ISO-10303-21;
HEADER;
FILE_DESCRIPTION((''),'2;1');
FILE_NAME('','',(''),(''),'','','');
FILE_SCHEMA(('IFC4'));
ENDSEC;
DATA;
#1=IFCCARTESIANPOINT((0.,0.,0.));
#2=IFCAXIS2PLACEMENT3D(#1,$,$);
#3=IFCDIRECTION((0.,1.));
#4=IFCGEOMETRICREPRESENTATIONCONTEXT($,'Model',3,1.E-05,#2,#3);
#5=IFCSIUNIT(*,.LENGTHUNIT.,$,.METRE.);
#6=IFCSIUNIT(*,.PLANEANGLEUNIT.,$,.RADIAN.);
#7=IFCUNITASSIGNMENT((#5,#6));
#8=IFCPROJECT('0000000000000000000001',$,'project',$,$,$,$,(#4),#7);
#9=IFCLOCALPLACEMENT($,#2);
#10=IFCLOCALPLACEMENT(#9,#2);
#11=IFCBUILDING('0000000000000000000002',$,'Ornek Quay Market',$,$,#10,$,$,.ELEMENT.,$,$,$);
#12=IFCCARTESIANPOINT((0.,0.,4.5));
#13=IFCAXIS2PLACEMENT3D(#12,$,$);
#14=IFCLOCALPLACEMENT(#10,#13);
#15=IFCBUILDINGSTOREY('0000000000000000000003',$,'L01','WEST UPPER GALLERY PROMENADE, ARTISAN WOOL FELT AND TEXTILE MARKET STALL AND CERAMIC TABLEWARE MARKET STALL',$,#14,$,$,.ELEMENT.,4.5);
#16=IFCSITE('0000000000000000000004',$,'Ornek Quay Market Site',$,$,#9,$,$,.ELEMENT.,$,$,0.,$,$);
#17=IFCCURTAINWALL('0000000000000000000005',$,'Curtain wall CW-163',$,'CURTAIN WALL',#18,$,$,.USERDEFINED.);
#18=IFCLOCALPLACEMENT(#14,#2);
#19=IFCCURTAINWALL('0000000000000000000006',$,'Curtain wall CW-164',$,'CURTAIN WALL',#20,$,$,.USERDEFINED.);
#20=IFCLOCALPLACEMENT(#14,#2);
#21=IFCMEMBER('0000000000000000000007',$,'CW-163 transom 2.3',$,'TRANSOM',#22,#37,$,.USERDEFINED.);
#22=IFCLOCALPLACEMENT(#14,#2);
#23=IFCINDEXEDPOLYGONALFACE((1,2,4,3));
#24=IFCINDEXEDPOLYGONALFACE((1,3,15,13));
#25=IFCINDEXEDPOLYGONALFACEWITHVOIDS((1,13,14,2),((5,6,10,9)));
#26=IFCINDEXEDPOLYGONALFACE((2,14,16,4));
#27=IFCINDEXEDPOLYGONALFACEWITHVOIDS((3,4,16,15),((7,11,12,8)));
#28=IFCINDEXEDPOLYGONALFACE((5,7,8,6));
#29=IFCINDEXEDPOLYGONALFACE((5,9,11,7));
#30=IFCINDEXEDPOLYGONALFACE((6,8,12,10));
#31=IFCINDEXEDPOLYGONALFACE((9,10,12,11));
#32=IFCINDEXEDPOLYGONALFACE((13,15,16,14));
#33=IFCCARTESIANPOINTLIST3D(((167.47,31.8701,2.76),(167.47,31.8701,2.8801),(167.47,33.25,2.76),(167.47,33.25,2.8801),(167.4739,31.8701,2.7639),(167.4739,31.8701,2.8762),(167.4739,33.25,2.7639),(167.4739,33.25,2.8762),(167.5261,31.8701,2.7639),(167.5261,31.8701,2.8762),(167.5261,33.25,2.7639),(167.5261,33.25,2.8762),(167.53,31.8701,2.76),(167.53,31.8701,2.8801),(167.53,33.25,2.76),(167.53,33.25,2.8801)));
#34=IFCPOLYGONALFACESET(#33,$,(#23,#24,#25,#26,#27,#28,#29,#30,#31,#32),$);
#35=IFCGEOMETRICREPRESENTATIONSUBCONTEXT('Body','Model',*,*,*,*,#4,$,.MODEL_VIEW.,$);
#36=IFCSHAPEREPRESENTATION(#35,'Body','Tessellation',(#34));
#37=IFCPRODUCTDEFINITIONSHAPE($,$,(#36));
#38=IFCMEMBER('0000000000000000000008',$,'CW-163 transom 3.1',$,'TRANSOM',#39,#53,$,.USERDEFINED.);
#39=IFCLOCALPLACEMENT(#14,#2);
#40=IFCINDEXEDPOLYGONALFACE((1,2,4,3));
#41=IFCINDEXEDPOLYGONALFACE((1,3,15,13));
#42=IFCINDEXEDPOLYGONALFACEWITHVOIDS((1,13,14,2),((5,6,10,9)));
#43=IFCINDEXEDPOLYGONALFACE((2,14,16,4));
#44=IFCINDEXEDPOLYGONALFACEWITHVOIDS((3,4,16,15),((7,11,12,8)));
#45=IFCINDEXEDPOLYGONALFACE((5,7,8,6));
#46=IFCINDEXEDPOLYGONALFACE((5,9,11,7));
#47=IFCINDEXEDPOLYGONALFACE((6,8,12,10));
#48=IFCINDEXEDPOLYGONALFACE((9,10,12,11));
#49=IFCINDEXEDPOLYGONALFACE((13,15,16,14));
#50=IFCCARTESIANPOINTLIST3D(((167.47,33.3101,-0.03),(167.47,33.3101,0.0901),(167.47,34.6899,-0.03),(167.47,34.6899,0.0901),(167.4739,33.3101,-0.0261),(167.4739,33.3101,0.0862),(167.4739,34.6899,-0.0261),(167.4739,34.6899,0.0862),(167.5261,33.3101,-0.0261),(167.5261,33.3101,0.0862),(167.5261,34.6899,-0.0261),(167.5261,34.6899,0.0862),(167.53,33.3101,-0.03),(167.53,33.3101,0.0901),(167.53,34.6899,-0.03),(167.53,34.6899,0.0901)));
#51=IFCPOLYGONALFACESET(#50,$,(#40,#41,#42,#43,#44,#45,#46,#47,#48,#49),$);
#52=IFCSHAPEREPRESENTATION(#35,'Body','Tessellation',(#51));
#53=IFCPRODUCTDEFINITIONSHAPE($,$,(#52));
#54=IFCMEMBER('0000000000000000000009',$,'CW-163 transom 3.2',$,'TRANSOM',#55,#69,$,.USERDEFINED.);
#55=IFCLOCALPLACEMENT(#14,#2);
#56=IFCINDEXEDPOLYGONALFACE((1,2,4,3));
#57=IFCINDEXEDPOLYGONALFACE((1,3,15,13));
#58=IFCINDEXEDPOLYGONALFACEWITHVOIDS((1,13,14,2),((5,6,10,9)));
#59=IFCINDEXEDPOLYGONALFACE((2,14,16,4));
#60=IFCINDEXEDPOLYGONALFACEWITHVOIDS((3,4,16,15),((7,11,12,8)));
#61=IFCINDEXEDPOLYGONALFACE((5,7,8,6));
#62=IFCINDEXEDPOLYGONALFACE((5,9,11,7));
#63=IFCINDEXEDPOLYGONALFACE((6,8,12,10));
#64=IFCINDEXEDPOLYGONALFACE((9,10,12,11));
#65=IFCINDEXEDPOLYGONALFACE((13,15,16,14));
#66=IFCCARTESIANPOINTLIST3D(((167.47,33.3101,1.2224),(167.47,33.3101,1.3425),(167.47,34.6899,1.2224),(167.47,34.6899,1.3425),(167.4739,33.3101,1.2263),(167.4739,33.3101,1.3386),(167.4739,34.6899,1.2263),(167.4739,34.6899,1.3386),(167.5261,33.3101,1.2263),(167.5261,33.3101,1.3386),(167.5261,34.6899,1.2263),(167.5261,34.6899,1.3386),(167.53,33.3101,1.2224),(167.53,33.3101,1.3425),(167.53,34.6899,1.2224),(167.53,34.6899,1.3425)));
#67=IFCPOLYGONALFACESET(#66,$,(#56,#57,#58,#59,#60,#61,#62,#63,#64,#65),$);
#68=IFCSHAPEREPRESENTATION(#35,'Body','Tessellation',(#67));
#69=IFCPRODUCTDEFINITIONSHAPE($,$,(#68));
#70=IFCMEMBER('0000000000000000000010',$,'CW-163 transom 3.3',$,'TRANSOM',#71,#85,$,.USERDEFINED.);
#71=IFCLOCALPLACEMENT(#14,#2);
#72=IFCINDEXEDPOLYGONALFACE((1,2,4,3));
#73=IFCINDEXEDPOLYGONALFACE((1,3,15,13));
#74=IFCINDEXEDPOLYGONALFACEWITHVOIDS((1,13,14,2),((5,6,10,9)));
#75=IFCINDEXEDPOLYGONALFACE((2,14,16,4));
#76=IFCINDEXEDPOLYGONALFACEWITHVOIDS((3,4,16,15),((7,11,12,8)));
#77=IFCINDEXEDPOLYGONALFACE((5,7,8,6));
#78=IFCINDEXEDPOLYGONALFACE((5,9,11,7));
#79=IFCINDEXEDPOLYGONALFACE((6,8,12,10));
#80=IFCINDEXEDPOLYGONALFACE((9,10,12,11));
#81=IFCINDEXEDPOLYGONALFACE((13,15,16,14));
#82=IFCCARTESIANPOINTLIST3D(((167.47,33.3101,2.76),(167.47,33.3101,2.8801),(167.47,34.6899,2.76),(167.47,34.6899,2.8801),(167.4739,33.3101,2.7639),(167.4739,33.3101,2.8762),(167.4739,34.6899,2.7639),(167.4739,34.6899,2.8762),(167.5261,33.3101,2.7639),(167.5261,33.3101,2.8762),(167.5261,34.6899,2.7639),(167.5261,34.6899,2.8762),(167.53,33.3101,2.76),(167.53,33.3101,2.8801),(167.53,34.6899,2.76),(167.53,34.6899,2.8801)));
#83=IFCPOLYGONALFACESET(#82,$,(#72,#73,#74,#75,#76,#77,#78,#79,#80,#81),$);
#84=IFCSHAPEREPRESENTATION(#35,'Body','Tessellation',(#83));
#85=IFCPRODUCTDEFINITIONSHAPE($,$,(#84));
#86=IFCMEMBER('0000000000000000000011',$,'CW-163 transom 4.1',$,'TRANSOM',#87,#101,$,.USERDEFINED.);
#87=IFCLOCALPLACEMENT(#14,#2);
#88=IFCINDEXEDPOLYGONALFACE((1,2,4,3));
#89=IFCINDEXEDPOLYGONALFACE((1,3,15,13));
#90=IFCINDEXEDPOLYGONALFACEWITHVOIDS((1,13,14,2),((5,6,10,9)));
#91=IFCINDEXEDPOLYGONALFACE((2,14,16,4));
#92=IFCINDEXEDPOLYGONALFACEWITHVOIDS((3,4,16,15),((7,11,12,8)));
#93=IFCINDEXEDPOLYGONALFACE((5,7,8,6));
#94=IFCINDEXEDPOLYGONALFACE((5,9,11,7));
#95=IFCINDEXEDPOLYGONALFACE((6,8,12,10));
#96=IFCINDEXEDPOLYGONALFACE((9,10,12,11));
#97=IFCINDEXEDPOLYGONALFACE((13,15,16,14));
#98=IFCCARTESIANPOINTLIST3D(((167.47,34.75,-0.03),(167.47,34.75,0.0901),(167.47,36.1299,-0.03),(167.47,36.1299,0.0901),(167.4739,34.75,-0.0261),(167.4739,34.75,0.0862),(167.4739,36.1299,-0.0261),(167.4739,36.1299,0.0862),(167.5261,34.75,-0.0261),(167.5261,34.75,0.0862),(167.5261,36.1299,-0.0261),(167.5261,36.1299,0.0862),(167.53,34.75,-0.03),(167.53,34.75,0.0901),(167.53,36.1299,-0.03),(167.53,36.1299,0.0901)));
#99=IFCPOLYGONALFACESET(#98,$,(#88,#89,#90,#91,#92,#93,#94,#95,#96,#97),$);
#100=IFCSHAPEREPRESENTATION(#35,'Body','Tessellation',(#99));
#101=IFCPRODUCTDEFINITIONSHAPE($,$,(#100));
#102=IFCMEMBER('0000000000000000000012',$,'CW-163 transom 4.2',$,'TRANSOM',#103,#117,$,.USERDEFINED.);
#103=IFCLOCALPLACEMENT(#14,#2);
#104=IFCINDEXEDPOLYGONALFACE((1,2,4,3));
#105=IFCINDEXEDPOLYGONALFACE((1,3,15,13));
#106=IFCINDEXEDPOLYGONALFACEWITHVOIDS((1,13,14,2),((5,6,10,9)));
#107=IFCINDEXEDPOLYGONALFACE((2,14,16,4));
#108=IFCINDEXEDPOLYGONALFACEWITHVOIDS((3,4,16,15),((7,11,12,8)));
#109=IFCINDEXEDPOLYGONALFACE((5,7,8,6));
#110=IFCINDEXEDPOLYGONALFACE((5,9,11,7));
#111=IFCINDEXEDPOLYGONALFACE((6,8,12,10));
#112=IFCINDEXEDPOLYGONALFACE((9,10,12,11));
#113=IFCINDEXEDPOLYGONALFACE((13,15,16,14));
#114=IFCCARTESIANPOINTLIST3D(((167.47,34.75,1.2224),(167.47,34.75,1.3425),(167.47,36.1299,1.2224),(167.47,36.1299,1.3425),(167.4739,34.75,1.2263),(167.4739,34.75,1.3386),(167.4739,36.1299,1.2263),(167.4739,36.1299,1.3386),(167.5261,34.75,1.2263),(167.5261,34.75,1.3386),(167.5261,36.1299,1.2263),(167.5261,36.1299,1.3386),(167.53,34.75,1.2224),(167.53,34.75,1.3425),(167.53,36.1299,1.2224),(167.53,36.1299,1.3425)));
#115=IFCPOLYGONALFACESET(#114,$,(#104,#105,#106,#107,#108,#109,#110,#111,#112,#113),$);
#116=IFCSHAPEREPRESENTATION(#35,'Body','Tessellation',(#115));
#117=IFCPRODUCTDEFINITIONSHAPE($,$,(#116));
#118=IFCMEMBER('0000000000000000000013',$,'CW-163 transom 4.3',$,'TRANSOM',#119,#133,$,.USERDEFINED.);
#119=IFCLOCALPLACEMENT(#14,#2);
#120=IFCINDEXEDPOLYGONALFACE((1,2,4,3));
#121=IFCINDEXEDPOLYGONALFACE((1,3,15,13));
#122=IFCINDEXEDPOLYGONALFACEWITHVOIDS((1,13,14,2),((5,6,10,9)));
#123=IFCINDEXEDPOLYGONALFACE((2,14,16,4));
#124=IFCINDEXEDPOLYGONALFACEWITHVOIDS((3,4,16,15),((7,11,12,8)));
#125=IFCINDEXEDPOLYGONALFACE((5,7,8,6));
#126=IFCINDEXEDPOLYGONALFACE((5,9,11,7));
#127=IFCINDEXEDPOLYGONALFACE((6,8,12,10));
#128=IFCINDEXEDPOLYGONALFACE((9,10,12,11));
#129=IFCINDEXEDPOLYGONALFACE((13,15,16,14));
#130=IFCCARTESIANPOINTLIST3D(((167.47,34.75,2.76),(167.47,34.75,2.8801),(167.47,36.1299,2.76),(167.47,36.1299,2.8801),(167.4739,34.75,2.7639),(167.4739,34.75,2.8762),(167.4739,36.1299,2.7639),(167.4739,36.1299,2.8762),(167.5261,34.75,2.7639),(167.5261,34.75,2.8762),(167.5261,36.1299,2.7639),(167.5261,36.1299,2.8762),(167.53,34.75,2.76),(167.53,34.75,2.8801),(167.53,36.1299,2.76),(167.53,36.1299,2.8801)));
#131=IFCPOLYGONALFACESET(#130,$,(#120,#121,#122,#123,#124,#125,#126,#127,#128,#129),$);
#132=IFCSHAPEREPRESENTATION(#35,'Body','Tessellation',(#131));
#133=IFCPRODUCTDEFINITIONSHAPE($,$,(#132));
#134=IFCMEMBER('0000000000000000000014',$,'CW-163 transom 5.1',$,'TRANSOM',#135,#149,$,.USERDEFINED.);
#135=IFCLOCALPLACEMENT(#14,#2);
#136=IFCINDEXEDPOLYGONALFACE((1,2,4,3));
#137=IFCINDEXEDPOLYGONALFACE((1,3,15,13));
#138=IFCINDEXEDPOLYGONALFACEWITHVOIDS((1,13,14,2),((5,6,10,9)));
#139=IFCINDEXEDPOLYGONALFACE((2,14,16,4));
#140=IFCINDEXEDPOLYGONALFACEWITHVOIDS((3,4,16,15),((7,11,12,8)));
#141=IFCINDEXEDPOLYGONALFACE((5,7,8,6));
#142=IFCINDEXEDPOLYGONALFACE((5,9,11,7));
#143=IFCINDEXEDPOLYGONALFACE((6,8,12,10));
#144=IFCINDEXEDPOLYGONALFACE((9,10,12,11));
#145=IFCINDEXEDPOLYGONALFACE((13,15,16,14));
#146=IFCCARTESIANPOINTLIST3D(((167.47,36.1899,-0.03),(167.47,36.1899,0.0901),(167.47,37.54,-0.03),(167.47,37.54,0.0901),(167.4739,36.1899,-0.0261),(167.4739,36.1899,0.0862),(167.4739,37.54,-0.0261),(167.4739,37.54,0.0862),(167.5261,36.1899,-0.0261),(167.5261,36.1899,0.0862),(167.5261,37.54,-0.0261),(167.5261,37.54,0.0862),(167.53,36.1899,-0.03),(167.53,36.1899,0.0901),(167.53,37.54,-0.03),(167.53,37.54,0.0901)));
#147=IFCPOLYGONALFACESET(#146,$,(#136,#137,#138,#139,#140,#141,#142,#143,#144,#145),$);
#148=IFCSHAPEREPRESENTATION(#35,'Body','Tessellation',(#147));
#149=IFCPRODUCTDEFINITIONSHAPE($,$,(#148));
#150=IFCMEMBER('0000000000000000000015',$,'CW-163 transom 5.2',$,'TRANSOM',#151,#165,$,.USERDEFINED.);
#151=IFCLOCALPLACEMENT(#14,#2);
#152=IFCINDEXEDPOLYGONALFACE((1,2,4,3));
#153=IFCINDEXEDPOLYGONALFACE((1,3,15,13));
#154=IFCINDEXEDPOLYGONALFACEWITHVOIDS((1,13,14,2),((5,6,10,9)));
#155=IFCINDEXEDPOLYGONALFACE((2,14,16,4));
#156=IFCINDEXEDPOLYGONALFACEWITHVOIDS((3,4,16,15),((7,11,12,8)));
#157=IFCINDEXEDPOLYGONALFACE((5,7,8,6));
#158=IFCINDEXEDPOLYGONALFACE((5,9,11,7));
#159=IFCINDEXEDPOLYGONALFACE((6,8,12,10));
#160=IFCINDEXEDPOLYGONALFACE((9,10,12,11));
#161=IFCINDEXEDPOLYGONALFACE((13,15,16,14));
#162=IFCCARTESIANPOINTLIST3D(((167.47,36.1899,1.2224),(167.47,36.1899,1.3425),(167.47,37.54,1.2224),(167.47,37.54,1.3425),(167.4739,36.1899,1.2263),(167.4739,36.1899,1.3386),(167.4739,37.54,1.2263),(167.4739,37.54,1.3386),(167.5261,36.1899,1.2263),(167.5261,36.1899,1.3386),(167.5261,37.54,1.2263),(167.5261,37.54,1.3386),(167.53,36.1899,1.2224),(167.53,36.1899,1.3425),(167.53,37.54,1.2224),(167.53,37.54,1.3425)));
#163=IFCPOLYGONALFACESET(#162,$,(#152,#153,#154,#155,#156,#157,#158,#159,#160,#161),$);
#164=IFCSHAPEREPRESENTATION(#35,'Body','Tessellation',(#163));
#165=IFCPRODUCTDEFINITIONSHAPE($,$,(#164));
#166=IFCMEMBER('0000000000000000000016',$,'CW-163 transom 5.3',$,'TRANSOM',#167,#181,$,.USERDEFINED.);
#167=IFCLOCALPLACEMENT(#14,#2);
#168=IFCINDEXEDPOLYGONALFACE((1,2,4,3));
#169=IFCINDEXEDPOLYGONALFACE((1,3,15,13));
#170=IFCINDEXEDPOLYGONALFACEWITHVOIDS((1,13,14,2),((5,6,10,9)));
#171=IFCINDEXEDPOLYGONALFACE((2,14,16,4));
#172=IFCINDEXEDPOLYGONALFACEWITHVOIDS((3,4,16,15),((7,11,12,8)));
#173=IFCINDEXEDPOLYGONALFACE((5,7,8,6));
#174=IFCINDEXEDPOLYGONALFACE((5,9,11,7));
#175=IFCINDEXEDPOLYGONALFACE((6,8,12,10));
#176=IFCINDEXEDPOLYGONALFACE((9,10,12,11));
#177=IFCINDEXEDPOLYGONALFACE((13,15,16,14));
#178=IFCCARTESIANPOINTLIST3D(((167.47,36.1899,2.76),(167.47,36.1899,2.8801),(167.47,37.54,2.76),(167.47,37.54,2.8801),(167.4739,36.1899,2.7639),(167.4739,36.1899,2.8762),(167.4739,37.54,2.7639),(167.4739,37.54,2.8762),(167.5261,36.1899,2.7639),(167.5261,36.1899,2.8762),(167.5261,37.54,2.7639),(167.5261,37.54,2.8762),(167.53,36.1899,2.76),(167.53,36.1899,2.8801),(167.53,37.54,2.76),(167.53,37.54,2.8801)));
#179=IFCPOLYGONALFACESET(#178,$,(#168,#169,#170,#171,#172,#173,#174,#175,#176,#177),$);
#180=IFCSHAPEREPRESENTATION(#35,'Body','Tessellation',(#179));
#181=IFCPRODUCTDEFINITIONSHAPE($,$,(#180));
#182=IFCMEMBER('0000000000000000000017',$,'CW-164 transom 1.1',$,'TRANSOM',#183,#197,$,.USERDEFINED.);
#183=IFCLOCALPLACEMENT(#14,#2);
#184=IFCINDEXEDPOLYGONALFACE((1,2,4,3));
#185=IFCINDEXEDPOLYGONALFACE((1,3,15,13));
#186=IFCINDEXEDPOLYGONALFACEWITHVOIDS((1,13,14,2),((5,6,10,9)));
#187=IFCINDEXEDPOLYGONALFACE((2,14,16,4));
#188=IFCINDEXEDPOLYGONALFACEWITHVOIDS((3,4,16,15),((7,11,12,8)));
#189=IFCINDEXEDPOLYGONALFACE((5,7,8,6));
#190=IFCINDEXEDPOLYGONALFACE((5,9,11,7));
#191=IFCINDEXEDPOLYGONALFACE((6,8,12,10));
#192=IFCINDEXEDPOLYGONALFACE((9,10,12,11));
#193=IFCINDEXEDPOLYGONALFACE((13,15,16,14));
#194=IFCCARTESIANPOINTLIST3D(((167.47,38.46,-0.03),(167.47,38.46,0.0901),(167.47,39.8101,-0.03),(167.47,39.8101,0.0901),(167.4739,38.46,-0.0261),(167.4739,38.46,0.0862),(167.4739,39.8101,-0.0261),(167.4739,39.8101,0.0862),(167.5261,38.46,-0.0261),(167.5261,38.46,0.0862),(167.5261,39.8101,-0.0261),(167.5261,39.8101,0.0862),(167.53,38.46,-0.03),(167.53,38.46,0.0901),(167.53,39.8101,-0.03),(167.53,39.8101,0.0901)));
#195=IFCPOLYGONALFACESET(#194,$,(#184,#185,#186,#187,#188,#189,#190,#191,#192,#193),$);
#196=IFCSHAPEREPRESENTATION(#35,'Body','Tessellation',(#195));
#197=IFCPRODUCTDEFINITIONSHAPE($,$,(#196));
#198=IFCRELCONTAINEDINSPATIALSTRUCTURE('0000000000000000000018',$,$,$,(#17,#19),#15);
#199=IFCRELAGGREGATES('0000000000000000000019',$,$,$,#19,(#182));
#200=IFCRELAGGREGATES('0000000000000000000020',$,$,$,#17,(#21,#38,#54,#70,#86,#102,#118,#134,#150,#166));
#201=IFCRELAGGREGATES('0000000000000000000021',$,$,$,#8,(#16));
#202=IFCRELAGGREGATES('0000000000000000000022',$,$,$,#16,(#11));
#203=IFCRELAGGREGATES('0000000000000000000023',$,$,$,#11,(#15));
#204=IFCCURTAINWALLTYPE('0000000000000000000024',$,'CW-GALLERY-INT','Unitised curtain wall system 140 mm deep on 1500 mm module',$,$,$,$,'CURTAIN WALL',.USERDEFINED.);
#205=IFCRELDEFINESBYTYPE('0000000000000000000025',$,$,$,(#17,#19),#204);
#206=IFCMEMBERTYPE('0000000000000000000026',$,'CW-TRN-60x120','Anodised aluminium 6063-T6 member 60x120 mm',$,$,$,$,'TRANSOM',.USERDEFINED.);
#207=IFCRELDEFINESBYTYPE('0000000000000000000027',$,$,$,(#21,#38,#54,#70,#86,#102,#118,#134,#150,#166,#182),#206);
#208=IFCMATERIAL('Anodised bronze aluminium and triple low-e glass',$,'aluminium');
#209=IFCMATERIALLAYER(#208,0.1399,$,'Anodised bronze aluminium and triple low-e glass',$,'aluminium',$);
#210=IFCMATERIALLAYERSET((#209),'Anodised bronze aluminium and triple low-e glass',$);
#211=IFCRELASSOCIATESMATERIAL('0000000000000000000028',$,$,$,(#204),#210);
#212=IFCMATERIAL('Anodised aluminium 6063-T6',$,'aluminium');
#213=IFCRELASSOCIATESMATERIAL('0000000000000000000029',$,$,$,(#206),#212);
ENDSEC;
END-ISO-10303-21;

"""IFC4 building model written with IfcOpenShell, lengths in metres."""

from ifc_helpers import new_model, si_unit, direction, frame, origin, origin_2d, place, context, subcontext, project, spatial, hollow_rectangle, extrude, material, layer, layer_set, material_profile, profile_set, type_object, element, aggregate, save


model = new_model("IFC4")

# Units and contexts
model_context = context("Model", 3, precision=1e-05, world=origin(), true_north=direction((0.0, 1.0)))
body_context = subcontext(model_context, "Body", "Model", "MODEL_VIEW")
ifc_project = project(units=[si_unit("LENGTHUNIT", "METRE"), si_unit("PLANEANGLEUNIT", "RADIAN")], contexts=[model_context])

# Site, building, storey
site_placement = place(None, origin())
site = spatial("IfcSite", under=ifc_project, at=site_placement, Name="Ornek Quay Market Site", CompositionType="ELEMENT", RefElevation=0.0)
building_placement = place(site_placement, origin())
building = spatial("IfcBuilding", under=site, at=building_placement, Name="Ornek Quay Market", CompositionType="ELEMENT")
storey_placement = place(building_placement, frame((0.0, 0.0, 4.5)))
storey = spatial("IfcBuildingStorey", under=building, at=storey_placement, Name="L01", Description="WEST UPPER GALLERY PROMENADE, ARTISAN WOOL FELT AND TEXTILE MARKET STALL AND CERAMIC TABLEWARE MARKET STALL", CompositionType="ELEMENT", Elevation=4.5)

# Curtain wall
ifc_material_1 = material(Name="Anodised bronze aluminium and triple low-e glass", Category="aluminium")
ifc_layer_1 = layer(ifc_material_1, 0.1399, Name="Anodised bronze aluminium and triple low-e glass", Category="aluminium")
ifc_layer_set_1 = layer_set([ifc_layer_1], Name="Anodised bronze aluminium and triple low-e glass")
curtain_wall_type = type_object("IfcCurtainWallType", Name="CW-GALLERY-INT", Description="Unitised curtain wall system 140 mm deep on 1500 mm module", ElementType="CURTAIN WALL", PredefinedType="USERDEFINED", material=ifc_layer_set_1)
curtain_wall_1_placement = place(storey_placement, origin())
curtain_wall_1 = element("IfcCurtainWall", 1, at=curtain_wall_1_placement, inside=storey, type_object=curtain_wall_type, Name="Curtain wall CW-163", ObjectType="CURTAIN WALL", PredefinedType="USERDEFINED")
ifc_material_2 = material(Name="Anodised aluminium 6063-T6", Category="aluminium")

# Curtain wall
curtain_wall_2_placement = place(storey_placement, origin())
curtain_wall_2 = element("IfcCurtainWall", 2, at=curtain_wall_2_placement, inside=storey, type_object=curtain_wall_type, Name="Curtain wall CW-164", ObjectType="CURTAIN WALL", PredefinedType="USERDEFINED")

# Members
ifc_material_profile_1 = material_profile(ifc_material_2, hollow_rectangle(XDim=0.0601, YDim=0.1201, WallThickness=0.0039, at=origin_2d()), Name="CW-TRN-60x120", Category="aluminium")
ifc_profile_set_1 = profile_set([ifc_material_profile_1], Name="Anodised aluminium 6063-T6")
member_type_1 = type_object("IfcMemberType", Name="CW-TRN-60x120", Description="Anodised aluminium 6063-T6 member 60x120 mm", ElementType="TRANSOM", PredefinedType="USERDEFINED", material=ifc_profile_set_1)
member_1_placement = place(storey_placement, frame((167.5, 31.8701, 2.8201), z_axis=(0.0, 1.0, 0.0), x_axis=(-1.0, 0.0, 0.0)))
member_1 = element("IfcMember", 3, at=member_1_placement, type_object=member_type_1, Name="CW-163 transom 2.3", ObjectType="TRANSOM", PredefinedType="USERDEFINED", context=body_context, shape_type="SweptSolid", body=[
    extrude(hollow_rectangle(XDim=0.0601, YDim=0.1201, WallThickness=0.0039, at=origin_2d()), origin(), (0.0, 0.0, 1.0), 1.3799),
])
member_2_placement = place(storey_placement, frame((167.5, 33.3101, 0.03), z_axis=(0.0, 1.0, 0.0), x_axis=(-1.0, 0.0, 0.0)))
member_2 = element("IfcMember", 4, at=member_2_placement, type_object=member_type_1, Name="CW-163 transom 3.1", ObjectType="TRANSOM", PredefinedType="USERDEFINED", context=body_context, shape_type="SweptSolid", body=[
    extrude(hollow_rectangle(XDim=0.0601, YDim=0.1201, WallThickness=0.0039, at=origin_2d()), origin(), (0.0, 0.0, 1.0), 1.3799),
])
member_3_placement = place(storey_placement, frame((167.5, 33.3101, 1.2825), z_axis=(0.0, 1.0, 0.0), x_axis=(-1.0, 0.0, 0.0)))
member_3 = element("IfcMember", 5, at=member_3_placement, type_object=member_type_1, Name="CW-163 transom 3.2", ObjectType="TRANSOM", PredefinedType="USERDEFINED", context=body_context, shape_type="SweptSolid", body=[
    extrude(hollow_rectangle(XDim=0.0601, YDim=0.1201, WallThickness=0.0039, at=origin_2d()), origin(), (0.0, 0.0, 1.0), 1.3799),
])
member_4_placement = place(storey_placement, frame((167.5, 33.3101, 2.8201), z_axis=(0.0, 1.0, 0.0), x_axis=(-1.0, 0.0, 0.0)))
member_4 = element("IfcMember", 6, at=member_4_placement, type_object=member_type_1, Name="CW-163 transom 3.3", ObjectType="TRANSOM", PredefinedType="USERDEFINED", context=body_context, shape_type="SweptSolid", body=[
    extrude(hollow_rectangle(XDim=0.0601, YDim=0.1201, WallThickness=0.0039, at=origin_2d()), origin(), (0.0, 0.0, 1.0), 1.3799),
])
member_5_placement = place(storey_placement, frame((167.5, 34.75, 0.03), z_axis=(0.0, 1.0, 0.0), x_axis=(-1.0, 0.0, 0.0)))
member_5 = element("IfcMember", 7, at=member_5_placement, type_object=member_type_1, Name="CW-163 transom 4.1", ObjectType="TRANSOM", PredefinedType="USERDEFINED", context=body_context, shape_type="SweptSolid", body=[
    extrude(hollow_rectangle(XDim=0.0601, YDim=0.1201, WallThickness=0.0039, at=origin_2d()), origin(), (0.0, 0.0, 1.0), 1.3799),
])
member_6_placement = place(storey_placement, frame((167.5, 34.75, 1.2825), z_axis=(0.0, 1.0, 0.0), x_axis=(-1.0, 0.0, 0.0)))
member_6 = element("IfcMember", 8, at=member_6_placement, type_object=member_type_1, Name="CW-163 transom 4.2", ObjectType="TRANSOM", PredefinedType="USERDEFINED", context=body_context, shape_type="SweptSolid", body=[
    extrude(hollow_rectangle(XDim=0.0601, YDim=0.1201, WallThickness=0.0039, at=origin_2d()), origin(), (0.0, 0.0, 1.0), 1.3799),
])
member_7_placement = place(storey_placement, frame((167.5, 34.75, 2.8201), z_axis=(0.0, 1.0, 0.0), x_axis=(-1.0, 0.0, 0.0)))
member_7 = element("IfcMember", 9, at=member_7_placement, type_object=member_type_1, Name="CW-163 transom 4.3", ObjectType="TRANSOM", PredefinedType="USERDEFINED", context=body_context, shape_type="SweptSolid", body=[
    extrude(hollow_rectangle(XDim=0.0601, YDim=0.1201, WallThickness=0.0039, at=origin_2d()), origin(), (0.0, 0.0, 1.0), 1.3799),
])
member_8_placement = place(storey_placement, frame((167.5, 36.1899, 0.03), z_axis=(0.0, 1.0, 0.0), x_axis=(-1.0, 0.0, 0.0)))
member_8 = element("IfcMember", 10, at=member_8_placement, type_object=member_type_1, Name="CW-163 transom 5.1", ObjectType="TRANSOM", PredefinedType="USERDEFINED", context=body_context, shape_type="SweptSolid", body=[
    extrude(hollow_rectangle(XDim=0.0601, YDim=0.1201, WallThickness=0.0039, at=origin_2d()), origin(), (0.0, 0.0, 1.0), 1.3501),
])
member_9_placement = place(storey_placement, frame((167.5, 36.1899, 1.2825), z_axis=(0.0, 1.0, 0.0), x_axis=(-1.0, 0.0, 0.0)))
member_9 = element("IfcMember", 11, at=member_9_placement, type_object=member_type_1, Name="CW-163 transom 5.2", ObjectType="TRANSOM", PredefinedType="USERDEFINED", context=body_context, shape_type="SweptSolid", body=[
    extrude(hollow_rectangle(XDim=0.0601, YDim=0.1201, WallThickness=0.0039, at=origin_2d()), origin(), (0.0, 0.0, 1.0), 1.3501),
])
member_10_placement = place(storey_placement, frame((167.5, 36.1899, 2.8201), z_axis=(0.0, 1.0, 0.0), x_axis=(-1.0, 0.0, 0.0)))
member_10 = element("IfcMember", 12, at=member_10_placement, type_object=member_type_1, Name="CW-163 transom 5.3", ObjectType="TRANSOM", PredefinedType="USERDEFINED", context=body_context, shape_type="SweptSolid", body=[
    extrude(hollow_rectangle(XDim=0.0601, YDim=0.1201, WallThickness=0.0039, at=origin_2d()), origin(), (0.0, 0.0, 1.0), 1.3501),
])
member_11_placement = place(storey_placement, frame((167.5, 38.46, 0.03), z_axis=(0.0, 1.0, 0.0), x_axis=(-1.0, 0.0, 0.0)))
member_11 = element("IfcMember", 13, at=member_11_placement, type_object=member_type_1, Name="CW-164 transom 1.1", ObjectType="TRANSOM", PredefinedType="USERDEFINED", context=body_context, shape_type="SweptSolid", body=[
    extrude(hollow_rectangle(XDim=0.0601, YDim=0.1201, WallThickness=0.0039, at=origin_2d()), origin(), (0.0, 0.0, 1.0), 1.3501),
])
aggregate(curtain_wall_2, [member_11])

aggregate(curtain_wall_1, [member_1, member_2, member_3, member_4, member_5, member_6, member_7, member_8, member_9, member_10])

save(model, "model.ifc")
